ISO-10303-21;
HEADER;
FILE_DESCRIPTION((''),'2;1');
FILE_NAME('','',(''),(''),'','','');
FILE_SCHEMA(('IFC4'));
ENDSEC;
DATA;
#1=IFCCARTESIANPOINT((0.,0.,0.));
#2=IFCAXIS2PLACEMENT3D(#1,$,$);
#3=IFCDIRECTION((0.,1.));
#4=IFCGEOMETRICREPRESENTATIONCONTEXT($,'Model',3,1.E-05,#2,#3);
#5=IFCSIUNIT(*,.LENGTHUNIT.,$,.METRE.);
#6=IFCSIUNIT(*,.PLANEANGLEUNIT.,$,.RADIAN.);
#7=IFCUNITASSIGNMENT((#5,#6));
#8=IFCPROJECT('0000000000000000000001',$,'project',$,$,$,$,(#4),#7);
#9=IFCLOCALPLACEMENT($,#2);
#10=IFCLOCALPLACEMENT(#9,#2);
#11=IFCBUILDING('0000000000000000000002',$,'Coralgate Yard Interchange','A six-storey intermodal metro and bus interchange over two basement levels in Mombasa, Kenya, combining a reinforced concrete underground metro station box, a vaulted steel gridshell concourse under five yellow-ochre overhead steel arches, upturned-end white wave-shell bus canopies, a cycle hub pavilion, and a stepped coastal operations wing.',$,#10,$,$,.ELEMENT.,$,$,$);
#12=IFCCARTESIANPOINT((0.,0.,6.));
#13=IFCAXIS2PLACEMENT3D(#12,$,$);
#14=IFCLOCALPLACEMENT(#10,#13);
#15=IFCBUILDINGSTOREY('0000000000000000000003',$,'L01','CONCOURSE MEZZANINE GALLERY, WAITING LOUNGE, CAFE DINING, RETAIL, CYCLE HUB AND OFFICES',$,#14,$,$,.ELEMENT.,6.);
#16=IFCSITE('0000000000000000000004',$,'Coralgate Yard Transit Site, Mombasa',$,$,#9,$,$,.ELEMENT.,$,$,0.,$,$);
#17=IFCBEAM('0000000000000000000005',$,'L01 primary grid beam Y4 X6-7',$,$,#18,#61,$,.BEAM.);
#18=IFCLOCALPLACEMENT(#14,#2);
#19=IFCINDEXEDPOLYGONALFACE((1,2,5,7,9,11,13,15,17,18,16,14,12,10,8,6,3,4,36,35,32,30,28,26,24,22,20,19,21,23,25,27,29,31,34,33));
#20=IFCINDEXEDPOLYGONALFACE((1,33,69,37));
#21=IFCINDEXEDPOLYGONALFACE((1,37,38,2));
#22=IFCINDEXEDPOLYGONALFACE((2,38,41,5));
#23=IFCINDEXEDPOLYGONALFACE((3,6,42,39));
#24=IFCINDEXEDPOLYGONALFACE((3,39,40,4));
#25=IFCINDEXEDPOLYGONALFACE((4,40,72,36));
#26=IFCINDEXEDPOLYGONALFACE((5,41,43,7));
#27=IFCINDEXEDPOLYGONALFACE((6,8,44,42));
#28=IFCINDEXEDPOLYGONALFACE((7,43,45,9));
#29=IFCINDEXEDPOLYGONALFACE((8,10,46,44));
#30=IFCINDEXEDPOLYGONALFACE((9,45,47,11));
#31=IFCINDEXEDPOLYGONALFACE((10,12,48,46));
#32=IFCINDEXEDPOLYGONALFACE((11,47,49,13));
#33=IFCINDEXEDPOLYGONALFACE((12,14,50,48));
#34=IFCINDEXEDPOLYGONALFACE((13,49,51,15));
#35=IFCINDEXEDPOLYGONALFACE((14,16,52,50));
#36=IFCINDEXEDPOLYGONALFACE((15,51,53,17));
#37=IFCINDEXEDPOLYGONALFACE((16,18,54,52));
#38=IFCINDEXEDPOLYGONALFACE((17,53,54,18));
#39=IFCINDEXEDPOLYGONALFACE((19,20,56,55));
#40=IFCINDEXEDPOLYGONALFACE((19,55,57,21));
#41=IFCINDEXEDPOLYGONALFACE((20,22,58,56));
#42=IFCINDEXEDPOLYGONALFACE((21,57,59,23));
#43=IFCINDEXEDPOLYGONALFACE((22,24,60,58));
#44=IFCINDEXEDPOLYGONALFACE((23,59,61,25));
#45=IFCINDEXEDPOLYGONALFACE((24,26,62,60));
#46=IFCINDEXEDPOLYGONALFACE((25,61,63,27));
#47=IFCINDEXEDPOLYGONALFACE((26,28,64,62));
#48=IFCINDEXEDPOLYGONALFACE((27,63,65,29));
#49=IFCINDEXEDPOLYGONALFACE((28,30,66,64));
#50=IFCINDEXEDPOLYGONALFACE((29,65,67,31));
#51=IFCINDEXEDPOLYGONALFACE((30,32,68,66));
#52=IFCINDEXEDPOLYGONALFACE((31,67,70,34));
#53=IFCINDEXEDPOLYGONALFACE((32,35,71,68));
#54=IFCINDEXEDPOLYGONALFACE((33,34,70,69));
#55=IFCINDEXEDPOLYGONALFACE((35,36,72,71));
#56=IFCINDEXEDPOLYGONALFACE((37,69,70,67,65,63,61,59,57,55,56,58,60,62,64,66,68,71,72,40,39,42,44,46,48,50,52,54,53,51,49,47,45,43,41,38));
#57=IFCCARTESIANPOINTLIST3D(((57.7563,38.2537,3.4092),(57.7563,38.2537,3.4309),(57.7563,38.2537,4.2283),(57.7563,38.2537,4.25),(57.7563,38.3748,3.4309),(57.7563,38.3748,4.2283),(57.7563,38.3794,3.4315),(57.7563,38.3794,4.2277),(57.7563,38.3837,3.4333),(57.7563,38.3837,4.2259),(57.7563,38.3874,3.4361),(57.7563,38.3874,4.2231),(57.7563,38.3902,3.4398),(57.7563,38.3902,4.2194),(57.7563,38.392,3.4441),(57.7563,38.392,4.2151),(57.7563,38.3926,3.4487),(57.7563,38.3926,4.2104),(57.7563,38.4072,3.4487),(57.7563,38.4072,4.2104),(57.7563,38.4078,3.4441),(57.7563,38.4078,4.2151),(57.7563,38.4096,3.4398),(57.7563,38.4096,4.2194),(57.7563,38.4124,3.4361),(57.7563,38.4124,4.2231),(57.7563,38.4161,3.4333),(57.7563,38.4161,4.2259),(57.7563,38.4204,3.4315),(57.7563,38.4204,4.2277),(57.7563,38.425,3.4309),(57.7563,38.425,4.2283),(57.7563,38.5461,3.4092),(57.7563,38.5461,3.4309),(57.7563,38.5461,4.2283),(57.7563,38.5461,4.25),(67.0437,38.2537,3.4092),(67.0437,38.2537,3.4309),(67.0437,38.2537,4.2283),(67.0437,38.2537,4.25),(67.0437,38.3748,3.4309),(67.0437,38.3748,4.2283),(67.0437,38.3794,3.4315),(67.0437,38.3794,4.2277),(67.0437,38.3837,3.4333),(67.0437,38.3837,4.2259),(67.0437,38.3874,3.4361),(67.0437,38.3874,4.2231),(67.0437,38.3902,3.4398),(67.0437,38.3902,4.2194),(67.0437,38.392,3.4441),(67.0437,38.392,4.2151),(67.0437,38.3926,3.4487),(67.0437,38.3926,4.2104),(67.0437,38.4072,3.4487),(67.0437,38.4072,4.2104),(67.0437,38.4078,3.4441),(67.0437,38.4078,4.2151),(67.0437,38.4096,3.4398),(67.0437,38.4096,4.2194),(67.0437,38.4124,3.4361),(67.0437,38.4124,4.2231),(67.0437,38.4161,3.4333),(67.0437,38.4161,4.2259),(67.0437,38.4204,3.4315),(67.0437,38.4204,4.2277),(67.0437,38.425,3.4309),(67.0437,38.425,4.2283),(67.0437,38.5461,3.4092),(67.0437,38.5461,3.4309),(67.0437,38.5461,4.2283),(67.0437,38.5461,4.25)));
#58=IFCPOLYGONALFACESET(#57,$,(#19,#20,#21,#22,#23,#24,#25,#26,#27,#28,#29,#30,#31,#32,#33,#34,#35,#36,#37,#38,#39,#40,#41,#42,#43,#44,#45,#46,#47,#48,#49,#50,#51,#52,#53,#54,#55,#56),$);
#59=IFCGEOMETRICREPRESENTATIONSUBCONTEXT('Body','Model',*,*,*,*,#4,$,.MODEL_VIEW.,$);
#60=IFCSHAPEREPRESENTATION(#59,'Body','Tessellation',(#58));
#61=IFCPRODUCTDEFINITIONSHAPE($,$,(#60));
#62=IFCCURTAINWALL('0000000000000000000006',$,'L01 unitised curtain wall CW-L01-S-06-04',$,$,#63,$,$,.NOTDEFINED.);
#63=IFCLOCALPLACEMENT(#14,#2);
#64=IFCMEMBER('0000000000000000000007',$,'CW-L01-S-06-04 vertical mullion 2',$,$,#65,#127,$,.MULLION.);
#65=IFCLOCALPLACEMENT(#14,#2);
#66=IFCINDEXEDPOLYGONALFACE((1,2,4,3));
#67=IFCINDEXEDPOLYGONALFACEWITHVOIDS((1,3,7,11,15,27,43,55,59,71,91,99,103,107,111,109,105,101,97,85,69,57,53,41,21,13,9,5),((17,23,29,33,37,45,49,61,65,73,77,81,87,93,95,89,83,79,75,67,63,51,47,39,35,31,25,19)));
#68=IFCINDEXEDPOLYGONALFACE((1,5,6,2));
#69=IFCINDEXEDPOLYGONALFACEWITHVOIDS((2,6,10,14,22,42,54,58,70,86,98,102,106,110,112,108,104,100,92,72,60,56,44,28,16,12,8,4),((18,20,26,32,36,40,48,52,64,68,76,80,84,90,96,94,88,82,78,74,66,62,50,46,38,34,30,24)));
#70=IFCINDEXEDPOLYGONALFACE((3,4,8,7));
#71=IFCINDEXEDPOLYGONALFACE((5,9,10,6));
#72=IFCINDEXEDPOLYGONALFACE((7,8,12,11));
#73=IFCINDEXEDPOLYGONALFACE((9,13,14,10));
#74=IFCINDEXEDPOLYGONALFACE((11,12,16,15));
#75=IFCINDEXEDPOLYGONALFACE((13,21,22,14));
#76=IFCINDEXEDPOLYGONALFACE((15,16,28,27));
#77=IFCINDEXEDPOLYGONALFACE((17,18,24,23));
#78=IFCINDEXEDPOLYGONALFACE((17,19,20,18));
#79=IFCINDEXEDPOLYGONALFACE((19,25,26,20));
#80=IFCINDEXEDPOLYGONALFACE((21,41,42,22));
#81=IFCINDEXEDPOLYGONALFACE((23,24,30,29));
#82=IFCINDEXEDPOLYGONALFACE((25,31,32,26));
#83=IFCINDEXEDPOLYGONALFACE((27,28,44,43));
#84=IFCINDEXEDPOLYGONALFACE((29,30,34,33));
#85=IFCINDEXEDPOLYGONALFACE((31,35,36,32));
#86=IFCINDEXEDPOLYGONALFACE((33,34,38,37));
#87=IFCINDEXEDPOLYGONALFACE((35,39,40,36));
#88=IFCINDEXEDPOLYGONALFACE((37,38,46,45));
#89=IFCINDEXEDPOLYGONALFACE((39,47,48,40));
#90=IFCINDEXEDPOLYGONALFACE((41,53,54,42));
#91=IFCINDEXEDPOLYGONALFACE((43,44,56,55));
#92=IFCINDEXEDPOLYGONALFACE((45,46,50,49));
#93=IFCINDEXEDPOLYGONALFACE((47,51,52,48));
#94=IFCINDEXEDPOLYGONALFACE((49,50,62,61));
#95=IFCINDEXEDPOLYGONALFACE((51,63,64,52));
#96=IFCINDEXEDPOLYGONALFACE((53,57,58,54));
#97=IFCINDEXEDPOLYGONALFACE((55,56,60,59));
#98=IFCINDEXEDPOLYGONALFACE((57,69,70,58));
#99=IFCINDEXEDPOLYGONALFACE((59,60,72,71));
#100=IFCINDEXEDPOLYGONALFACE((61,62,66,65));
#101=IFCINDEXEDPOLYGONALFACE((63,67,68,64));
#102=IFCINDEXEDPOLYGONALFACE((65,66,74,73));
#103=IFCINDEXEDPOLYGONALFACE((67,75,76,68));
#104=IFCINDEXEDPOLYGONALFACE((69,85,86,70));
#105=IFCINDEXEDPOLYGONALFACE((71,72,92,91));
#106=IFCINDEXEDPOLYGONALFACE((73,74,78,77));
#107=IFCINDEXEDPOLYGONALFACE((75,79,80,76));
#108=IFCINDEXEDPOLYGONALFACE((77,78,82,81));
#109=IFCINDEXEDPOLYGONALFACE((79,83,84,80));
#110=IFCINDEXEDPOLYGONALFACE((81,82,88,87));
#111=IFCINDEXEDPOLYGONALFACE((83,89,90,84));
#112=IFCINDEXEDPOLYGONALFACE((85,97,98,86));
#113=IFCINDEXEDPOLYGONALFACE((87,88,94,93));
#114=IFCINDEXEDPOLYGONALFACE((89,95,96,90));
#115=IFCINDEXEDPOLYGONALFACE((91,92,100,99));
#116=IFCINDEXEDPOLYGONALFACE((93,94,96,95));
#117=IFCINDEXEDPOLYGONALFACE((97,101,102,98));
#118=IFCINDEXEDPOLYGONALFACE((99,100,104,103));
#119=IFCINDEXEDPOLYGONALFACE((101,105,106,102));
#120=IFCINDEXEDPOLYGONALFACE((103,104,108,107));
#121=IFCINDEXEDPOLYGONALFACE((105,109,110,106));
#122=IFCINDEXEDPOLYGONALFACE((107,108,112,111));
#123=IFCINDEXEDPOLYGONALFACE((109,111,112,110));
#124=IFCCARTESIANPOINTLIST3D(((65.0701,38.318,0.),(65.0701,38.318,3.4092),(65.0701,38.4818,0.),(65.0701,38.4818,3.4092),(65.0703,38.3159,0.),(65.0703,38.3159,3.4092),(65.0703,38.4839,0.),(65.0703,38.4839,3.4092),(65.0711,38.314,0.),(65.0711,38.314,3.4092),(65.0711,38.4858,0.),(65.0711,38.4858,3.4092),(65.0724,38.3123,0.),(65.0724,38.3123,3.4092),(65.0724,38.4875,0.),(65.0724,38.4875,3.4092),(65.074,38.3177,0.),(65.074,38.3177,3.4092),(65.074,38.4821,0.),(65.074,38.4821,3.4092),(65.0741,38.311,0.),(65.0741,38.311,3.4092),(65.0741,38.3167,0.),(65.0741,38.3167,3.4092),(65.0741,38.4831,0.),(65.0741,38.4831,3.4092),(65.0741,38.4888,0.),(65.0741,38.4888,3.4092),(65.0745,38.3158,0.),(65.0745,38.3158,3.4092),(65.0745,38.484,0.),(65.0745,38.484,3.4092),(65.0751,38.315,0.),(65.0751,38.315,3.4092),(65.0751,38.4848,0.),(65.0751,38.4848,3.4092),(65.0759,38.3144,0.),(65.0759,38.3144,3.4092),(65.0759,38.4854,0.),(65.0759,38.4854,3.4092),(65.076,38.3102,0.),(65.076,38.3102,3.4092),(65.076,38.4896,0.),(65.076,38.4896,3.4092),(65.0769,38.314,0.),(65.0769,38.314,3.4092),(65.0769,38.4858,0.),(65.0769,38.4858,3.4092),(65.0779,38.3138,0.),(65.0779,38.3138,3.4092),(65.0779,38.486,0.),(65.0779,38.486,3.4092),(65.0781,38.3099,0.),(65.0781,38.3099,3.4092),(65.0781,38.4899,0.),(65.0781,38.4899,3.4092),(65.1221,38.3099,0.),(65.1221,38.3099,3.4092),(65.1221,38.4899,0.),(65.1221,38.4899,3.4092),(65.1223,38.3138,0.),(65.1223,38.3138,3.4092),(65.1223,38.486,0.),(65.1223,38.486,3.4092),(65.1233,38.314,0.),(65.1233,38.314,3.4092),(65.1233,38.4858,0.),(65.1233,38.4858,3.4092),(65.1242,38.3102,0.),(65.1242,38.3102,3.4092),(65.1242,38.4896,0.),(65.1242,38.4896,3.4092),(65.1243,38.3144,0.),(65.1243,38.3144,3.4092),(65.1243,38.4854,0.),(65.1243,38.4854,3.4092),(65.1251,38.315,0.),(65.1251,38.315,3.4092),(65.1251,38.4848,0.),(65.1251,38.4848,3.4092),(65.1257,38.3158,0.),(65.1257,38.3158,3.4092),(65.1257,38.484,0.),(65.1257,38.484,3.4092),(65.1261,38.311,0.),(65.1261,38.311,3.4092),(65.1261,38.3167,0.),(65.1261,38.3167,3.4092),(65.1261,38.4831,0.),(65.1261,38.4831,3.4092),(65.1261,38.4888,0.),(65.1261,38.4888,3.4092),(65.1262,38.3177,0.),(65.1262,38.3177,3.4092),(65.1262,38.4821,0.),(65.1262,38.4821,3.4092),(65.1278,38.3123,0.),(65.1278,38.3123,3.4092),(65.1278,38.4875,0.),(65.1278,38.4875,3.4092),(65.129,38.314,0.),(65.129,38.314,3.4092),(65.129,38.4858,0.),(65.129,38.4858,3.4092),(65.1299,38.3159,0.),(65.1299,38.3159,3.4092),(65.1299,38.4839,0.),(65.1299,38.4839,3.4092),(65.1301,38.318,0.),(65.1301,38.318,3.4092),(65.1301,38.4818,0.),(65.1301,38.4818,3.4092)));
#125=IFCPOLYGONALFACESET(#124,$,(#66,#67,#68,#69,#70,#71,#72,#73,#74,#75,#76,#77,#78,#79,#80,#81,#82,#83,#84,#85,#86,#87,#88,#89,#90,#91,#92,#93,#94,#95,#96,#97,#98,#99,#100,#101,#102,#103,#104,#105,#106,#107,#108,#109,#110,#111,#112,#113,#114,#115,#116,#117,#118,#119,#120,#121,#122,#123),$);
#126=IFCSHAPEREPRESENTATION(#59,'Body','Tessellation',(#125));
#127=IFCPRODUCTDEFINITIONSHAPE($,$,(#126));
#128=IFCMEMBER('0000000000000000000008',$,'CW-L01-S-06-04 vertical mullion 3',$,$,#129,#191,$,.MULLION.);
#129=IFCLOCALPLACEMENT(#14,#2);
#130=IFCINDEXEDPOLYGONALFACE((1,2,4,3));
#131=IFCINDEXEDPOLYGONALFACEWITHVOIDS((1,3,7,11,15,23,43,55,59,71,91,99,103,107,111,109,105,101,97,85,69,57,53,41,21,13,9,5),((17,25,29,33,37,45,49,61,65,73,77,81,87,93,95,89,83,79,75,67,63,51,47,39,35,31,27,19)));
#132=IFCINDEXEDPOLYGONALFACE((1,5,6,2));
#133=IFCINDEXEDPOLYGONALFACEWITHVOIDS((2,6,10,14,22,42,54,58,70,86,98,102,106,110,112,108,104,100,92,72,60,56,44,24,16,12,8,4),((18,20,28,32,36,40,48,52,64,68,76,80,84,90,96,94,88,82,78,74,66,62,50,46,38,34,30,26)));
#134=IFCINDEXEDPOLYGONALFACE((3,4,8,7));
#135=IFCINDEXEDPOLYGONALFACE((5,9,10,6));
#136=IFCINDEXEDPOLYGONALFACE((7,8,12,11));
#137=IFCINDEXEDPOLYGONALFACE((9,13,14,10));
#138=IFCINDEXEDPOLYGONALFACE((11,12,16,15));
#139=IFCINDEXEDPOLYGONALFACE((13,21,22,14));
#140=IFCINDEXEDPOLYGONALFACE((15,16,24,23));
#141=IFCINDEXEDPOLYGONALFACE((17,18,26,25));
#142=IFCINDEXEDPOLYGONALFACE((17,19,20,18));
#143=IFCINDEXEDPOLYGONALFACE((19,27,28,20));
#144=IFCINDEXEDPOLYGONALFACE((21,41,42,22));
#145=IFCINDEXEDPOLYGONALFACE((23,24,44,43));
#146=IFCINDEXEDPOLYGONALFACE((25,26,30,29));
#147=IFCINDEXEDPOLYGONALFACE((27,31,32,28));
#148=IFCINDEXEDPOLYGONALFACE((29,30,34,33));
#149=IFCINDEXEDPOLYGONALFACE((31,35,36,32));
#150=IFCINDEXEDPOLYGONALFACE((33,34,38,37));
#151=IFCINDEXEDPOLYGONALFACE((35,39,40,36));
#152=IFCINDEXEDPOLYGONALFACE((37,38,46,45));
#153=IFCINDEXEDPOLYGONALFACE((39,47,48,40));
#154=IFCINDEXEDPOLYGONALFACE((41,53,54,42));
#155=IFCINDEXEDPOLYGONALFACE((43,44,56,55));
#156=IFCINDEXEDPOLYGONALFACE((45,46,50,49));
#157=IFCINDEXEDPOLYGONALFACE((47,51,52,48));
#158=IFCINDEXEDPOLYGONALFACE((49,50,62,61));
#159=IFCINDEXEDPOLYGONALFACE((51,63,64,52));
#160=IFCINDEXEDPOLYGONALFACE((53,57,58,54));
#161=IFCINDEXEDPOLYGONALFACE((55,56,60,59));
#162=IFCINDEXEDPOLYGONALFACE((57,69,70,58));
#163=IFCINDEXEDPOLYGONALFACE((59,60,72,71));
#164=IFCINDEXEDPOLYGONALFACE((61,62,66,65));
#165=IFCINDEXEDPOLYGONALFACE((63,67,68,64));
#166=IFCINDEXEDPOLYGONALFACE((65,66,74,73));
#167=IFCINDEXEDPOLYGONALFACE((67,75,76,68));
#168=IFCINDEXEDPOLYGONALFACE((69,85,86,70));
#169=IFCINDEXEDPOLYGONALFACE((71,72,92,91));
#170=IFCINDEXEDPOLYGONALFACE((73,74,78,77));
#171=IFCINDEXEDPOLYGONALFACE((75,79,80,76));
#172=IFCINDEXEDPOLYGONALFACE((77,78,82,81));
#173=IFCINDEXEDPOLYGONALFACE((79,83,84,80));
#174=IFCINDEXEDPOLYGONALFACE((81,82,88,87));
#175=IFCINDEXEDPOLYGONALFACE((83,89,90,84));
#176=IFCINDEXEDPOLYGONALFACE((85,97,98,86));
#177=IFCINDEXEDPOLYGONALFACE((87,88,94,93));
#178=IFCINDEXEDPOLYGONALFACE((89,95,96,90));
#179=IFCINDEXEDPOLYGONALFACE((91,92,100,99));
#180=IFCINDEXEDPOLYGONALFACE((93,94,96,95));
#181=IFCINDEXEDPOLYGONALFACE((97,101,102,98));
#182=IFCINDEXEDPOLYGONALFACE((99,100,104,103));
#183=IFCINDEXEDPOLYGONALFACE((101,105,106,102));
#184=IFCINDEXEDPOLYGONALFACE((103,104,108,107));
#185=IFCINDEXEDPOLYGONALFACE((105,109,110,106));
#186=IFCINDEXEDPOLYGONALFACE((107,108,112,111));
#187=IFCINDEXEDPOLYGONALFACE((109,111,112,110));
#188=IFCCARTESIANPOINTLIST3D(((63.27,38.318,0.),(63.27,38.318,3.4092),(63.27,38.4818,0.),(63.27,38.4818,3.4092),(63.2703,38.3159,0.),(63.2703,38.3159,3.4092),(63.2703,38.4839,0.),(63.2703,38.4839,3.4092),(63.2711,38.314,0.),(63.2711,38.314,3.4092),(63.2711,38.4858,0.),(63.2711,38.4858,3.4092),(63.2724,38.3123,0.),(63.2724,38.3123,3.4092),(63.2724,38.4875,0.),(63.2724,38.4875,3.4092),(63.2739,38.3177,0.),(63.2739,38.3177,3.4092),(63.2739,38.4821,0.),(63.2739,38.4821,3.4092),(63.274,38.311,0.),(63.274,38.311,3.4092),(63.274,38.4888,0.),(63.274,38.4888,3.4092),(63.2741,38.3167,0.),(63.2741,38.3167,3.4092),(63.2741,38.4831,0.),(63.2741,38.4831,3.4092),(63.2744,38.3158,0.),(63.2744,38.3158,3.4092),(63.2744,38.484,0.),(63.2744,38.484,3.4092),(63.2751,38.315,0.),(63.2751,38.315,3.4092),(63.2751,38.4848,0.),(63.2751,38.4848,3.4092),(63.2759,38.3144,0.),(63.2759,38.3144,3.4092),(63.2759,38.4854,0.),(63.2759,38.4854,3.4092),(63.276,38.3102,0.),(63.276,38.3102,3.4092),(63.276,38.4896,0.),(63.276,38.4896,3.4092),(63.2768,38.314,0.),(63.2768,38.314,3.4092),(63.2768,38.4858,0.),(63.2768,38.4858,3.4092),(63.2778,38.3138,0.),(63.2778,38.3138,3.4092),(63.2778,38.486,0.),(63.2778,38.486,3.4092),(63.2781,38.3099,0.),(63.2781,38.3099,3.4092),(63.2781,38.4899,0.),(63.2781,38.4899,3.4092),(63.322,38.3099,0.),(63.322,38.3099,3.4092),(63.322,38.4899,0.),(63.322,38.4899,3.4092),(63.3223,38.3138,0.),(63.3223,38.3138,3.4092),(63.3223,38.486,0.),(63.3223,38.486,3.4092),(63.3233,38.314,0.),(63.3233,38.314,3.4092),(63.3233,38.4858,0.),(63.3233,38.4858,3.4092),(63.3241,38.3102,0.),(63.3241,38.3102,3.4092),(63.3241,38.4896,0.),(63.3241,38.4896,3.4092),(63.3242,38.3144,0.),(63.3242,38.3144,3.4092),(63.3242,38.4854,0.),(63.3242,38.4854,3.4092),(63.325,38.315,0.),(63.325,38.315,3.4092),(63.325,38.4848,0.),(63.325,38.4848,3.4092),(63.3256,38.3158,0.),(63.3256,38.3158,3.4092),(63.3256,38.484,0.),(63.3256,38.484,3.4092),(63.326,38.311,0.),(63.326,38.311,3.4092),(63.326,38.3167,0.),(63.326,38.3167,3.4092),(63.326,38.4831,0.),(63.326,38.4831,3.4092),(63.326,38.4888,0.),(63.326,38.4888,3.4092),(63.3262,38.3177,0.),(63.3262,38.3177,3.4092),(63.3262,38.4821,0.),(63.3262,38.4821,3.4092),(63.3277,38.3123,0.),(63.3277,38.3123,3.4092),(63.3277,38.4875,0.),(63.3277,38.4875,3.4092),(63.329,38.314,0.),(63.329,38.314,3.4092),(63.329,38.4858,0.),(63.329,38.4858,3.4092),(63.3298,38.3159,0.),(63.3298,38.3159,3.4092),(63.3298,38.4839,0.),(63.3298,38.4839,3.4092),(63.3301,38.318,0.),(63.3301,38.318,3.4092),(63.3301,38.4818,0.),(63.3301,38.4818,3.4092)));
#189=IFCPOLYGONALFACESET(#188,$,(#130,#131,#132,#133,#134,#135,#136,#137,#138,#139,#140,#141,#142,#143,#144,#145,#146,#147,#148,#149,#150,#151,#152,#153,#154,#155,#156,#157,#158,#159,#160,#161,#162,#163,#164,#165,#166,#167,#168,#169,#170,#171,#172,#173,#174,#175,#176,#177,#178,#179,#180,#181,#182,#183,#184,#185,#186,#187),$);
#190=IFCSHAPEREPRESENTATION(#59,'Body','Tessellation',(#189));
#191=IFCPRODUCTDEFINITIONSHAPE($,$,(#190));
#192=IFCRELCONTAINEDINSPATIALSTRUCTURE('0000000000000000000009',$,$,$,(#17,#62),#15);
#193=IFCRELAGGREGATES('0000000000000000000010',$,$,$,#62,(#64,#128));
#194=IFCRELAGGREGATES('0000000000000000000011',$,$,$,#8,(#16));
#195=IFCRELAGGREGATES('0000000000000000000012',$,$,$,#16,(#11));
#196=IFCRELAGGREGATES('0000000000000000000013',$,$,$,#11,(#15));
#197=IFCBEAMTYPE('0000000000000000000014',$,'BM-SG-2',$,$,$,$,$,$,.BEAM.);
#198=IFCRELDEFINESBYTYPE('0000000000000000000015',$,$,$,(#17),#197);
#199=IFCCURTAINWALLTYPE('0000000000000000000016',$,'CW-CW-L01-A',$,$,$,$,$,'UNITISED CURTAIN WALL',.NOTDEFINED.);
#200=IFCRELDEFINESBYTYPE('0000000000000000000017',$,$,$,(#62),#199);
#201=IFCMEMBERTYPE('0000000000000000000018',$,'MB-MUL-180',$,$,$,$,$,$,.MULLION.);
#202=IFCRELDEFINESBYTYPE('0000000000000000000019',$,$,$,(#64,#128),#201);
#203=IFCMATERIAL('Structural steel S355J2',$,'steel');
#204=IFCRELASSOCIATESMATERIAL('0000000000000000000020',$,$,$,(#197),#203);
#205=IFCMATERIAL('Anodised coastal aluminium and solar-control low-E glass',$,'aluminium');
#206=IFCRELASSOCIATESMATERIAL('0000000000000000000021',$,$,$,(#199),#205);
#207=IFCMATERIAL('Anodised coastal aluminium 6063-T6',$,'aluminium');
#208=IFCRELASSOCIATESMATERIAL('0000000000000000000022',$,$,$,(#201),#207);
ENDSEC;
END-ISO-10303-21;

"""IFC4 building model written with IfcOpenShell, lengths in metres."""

from ifc_helpers import new_model, si_unit, direction, frame, origin, origin_2d, place, context, subcontext, project, spatial, hollow_rectangle, i_section, extrude, material, material_profile, profile_set, type_object, element, aggregate, save


model = new_model("IFC4")

# Units and contexts
model_context = context("Model", 3, precision=1e-05, world=origin(), true_north=direction((0.0, 1.0)))
body_context = subcontext(model_context, "Body", "Model", "MODEL_VIEW")
ifc_project = project(units=[si_unit("LENGTHUNIT", "METRE"), si_unit("PLANEANGLEUNIT", "RADIAN")], contexts=[model_context])

# Site, building, storey
site_placement = place(None, origin())
site = spatial("IfcSite", under=ifc_project, at=site_placement, Name="Coralgate Yard Transit Site, Mombasa", CompositionType="ELEMENT", RefElevation=0.0)
building_placement = place(site_placement, origin())
building = spatial("IfcBuilding", under=site, at=building_placement, Name="Coralgate Yard Interchange", Description="A six-storey intermodal metro and bus interchange over two basement levels in Mombasa, Kenya, combining a reinforced concrete underground metro station box, a vaulted steel gridshell concourse under five yellow-ochre overhead steel arches, upturned-end white wave-shell bus canopies, a cycle hub pavilion, and a stepped coastal operations wing.", CompositionType="ELEMENT")
storey_placement = place(building_placement, frame((0.0, 0.0, 6.0)))
storey = spatial("IfcBuildingStorey", under=building, at=storey_placement, Name="L01", Description="CONCOURSE MEZZANINE GALLERY, WAITING LOUNGE, CAFE DINING, RETAIL, CYCLE HUB AND OFFICES", CompositionType="ELEMENT", Elevation=6.0)

# Beam
ifc_material_1 = material(Name="Structural steel S355J2", Category="steel")
ifc_material_profile_1 = material_profile(ifc_material_1, i_section(OverallWidth=0.2925, OverallDepth=0.8408, WebThickness=0.0146, FlangeThickness=0.0217, FilletRadius=0.0178, at=origin_2d()), Name="UB 838x292x194")
ifc_profile_set_1 = profile_set([ifc_material_profile_1], Name="Structural steel S355J2")
beam_type = type_object("IfcBeamType", Name="BM-SG-2", PredefinedType="BEAM", material=ifc_profile_set_1)
beam_placement = place(storey_placement, frame((57.7563, 38.3999, 3.8296), z_axis=(1.0, 0.0, 0.0), x_axis=(0.0, 1.0, 0.0)))
element("IfcBeam", 1, at=beam_placement, inside=storey, type_object=beam_type, Name="L01 primary grid beam Y4 X6-7", PredefinedType="BEAM", context=body_context, shape_type="SweptSolid", body=[
    extrude(i_section(OverallWidth=0.2925, OverallDepth=0.8408, WebThickness=0.0146, FlangeThickness=0.0217, FilletRadius=0.0178, at=origin_2d()), origin(), (0.0, 0.0, 1.0), 9.2874),
])

# Curtain wall, members
ifc_material_2 = material(Name="Anodised coastal aluminium and solar-control low-E glass", Category="aluminium")
curtain_wall_type = type_object("IfcCurtainWallType", Name="CW-CW-L01-A", ElementType="UNITISED CURTAIN WALL", PredefinedType="NOTDEFINED", material=ifc_material_2)
curtain_wall_placement = place(storey_placement, origin())
curtain_wall = element("IfcCurtainWall", 2, at=curtain_wall_placement, inside=storey, type_object=curtain_wall_type, Name="L01 unitised curtain wall CW-L01-S-06-04", PredefinedType="NOTDEFINED")
ifc_material_3 = material(Name="Anodised coastal aluminium 6063-T6", Category="aluminium")
ifc_material_profile_2 = material_profile(ifc_material_3, hollow_rectangle(XDim=0.0601, YDim=0.1799, WallThickness=0.0039, InnerFilletRadius=0.0039, OuterFilletRadius=0.0081, at=origin_2d()), Name="ALU 60x180x4")
ifc_profile_set_2 = profile_set([ifc_material_profile_2], Name="Anodised coastal aluminium 6063-T6")
member_type_1 = type_object("IfcMemberType", Name="MB-MUL-180", PredefinedType="MULLION", material=ifc_profile_set_2)
member_1_placement = place(storey_placement, frame((65.1001, 38.3999, 0.0), z_axis=(0.0, 0.0, 1.0), x_axis=(1.0, 0.0, 0.0)))
member_1 = element("IfcMember", 3, at=member_1_placement, type_object=member_type_1, Name="CW-L01-S-06-04 vertical mullion 2", PredefinedType="MULLION", context=body_context, shape_type="SweptSolid", body=[
    extrude(hollow_rectangle(XDim=0.0601, YDim=0.1799, WallThickness=0.0039, InnerFilletRadius=0.0039, OuterFilletRadius=0.0081, at=origin_2d()), origin(), (0.0, 0.0, 1.0), 3.4092),
])
member_2_placement = place(storey_placement, frame((63.3, 38.3999, 0.0), z_axis=(0.0, 0.0, 1.0), x_axis=(1.0, 0.0, 0.0)))
member_2 = element("IfcMember", 4, at=member_2_placement, type_object=member_type_1, Name="CW-L01-S-06-04 vertical mullion 3", PredefinedType="MULLION", context=body_context, shape_type="SweptSolid", body=[
    extrude(hollow_rectangle(XDim=0.0601, YDim=0.1799, WallThickness=0.0039, InnerFilletRadius=0.0039, OuterFilletRadius=0.0081, at=origin_2d()), origin(), (0.0, 0.0, 1.0), 3.4092),
])
aggregate(curtain_wall, [member_1, member_2])

save(model, "model.ifc")
